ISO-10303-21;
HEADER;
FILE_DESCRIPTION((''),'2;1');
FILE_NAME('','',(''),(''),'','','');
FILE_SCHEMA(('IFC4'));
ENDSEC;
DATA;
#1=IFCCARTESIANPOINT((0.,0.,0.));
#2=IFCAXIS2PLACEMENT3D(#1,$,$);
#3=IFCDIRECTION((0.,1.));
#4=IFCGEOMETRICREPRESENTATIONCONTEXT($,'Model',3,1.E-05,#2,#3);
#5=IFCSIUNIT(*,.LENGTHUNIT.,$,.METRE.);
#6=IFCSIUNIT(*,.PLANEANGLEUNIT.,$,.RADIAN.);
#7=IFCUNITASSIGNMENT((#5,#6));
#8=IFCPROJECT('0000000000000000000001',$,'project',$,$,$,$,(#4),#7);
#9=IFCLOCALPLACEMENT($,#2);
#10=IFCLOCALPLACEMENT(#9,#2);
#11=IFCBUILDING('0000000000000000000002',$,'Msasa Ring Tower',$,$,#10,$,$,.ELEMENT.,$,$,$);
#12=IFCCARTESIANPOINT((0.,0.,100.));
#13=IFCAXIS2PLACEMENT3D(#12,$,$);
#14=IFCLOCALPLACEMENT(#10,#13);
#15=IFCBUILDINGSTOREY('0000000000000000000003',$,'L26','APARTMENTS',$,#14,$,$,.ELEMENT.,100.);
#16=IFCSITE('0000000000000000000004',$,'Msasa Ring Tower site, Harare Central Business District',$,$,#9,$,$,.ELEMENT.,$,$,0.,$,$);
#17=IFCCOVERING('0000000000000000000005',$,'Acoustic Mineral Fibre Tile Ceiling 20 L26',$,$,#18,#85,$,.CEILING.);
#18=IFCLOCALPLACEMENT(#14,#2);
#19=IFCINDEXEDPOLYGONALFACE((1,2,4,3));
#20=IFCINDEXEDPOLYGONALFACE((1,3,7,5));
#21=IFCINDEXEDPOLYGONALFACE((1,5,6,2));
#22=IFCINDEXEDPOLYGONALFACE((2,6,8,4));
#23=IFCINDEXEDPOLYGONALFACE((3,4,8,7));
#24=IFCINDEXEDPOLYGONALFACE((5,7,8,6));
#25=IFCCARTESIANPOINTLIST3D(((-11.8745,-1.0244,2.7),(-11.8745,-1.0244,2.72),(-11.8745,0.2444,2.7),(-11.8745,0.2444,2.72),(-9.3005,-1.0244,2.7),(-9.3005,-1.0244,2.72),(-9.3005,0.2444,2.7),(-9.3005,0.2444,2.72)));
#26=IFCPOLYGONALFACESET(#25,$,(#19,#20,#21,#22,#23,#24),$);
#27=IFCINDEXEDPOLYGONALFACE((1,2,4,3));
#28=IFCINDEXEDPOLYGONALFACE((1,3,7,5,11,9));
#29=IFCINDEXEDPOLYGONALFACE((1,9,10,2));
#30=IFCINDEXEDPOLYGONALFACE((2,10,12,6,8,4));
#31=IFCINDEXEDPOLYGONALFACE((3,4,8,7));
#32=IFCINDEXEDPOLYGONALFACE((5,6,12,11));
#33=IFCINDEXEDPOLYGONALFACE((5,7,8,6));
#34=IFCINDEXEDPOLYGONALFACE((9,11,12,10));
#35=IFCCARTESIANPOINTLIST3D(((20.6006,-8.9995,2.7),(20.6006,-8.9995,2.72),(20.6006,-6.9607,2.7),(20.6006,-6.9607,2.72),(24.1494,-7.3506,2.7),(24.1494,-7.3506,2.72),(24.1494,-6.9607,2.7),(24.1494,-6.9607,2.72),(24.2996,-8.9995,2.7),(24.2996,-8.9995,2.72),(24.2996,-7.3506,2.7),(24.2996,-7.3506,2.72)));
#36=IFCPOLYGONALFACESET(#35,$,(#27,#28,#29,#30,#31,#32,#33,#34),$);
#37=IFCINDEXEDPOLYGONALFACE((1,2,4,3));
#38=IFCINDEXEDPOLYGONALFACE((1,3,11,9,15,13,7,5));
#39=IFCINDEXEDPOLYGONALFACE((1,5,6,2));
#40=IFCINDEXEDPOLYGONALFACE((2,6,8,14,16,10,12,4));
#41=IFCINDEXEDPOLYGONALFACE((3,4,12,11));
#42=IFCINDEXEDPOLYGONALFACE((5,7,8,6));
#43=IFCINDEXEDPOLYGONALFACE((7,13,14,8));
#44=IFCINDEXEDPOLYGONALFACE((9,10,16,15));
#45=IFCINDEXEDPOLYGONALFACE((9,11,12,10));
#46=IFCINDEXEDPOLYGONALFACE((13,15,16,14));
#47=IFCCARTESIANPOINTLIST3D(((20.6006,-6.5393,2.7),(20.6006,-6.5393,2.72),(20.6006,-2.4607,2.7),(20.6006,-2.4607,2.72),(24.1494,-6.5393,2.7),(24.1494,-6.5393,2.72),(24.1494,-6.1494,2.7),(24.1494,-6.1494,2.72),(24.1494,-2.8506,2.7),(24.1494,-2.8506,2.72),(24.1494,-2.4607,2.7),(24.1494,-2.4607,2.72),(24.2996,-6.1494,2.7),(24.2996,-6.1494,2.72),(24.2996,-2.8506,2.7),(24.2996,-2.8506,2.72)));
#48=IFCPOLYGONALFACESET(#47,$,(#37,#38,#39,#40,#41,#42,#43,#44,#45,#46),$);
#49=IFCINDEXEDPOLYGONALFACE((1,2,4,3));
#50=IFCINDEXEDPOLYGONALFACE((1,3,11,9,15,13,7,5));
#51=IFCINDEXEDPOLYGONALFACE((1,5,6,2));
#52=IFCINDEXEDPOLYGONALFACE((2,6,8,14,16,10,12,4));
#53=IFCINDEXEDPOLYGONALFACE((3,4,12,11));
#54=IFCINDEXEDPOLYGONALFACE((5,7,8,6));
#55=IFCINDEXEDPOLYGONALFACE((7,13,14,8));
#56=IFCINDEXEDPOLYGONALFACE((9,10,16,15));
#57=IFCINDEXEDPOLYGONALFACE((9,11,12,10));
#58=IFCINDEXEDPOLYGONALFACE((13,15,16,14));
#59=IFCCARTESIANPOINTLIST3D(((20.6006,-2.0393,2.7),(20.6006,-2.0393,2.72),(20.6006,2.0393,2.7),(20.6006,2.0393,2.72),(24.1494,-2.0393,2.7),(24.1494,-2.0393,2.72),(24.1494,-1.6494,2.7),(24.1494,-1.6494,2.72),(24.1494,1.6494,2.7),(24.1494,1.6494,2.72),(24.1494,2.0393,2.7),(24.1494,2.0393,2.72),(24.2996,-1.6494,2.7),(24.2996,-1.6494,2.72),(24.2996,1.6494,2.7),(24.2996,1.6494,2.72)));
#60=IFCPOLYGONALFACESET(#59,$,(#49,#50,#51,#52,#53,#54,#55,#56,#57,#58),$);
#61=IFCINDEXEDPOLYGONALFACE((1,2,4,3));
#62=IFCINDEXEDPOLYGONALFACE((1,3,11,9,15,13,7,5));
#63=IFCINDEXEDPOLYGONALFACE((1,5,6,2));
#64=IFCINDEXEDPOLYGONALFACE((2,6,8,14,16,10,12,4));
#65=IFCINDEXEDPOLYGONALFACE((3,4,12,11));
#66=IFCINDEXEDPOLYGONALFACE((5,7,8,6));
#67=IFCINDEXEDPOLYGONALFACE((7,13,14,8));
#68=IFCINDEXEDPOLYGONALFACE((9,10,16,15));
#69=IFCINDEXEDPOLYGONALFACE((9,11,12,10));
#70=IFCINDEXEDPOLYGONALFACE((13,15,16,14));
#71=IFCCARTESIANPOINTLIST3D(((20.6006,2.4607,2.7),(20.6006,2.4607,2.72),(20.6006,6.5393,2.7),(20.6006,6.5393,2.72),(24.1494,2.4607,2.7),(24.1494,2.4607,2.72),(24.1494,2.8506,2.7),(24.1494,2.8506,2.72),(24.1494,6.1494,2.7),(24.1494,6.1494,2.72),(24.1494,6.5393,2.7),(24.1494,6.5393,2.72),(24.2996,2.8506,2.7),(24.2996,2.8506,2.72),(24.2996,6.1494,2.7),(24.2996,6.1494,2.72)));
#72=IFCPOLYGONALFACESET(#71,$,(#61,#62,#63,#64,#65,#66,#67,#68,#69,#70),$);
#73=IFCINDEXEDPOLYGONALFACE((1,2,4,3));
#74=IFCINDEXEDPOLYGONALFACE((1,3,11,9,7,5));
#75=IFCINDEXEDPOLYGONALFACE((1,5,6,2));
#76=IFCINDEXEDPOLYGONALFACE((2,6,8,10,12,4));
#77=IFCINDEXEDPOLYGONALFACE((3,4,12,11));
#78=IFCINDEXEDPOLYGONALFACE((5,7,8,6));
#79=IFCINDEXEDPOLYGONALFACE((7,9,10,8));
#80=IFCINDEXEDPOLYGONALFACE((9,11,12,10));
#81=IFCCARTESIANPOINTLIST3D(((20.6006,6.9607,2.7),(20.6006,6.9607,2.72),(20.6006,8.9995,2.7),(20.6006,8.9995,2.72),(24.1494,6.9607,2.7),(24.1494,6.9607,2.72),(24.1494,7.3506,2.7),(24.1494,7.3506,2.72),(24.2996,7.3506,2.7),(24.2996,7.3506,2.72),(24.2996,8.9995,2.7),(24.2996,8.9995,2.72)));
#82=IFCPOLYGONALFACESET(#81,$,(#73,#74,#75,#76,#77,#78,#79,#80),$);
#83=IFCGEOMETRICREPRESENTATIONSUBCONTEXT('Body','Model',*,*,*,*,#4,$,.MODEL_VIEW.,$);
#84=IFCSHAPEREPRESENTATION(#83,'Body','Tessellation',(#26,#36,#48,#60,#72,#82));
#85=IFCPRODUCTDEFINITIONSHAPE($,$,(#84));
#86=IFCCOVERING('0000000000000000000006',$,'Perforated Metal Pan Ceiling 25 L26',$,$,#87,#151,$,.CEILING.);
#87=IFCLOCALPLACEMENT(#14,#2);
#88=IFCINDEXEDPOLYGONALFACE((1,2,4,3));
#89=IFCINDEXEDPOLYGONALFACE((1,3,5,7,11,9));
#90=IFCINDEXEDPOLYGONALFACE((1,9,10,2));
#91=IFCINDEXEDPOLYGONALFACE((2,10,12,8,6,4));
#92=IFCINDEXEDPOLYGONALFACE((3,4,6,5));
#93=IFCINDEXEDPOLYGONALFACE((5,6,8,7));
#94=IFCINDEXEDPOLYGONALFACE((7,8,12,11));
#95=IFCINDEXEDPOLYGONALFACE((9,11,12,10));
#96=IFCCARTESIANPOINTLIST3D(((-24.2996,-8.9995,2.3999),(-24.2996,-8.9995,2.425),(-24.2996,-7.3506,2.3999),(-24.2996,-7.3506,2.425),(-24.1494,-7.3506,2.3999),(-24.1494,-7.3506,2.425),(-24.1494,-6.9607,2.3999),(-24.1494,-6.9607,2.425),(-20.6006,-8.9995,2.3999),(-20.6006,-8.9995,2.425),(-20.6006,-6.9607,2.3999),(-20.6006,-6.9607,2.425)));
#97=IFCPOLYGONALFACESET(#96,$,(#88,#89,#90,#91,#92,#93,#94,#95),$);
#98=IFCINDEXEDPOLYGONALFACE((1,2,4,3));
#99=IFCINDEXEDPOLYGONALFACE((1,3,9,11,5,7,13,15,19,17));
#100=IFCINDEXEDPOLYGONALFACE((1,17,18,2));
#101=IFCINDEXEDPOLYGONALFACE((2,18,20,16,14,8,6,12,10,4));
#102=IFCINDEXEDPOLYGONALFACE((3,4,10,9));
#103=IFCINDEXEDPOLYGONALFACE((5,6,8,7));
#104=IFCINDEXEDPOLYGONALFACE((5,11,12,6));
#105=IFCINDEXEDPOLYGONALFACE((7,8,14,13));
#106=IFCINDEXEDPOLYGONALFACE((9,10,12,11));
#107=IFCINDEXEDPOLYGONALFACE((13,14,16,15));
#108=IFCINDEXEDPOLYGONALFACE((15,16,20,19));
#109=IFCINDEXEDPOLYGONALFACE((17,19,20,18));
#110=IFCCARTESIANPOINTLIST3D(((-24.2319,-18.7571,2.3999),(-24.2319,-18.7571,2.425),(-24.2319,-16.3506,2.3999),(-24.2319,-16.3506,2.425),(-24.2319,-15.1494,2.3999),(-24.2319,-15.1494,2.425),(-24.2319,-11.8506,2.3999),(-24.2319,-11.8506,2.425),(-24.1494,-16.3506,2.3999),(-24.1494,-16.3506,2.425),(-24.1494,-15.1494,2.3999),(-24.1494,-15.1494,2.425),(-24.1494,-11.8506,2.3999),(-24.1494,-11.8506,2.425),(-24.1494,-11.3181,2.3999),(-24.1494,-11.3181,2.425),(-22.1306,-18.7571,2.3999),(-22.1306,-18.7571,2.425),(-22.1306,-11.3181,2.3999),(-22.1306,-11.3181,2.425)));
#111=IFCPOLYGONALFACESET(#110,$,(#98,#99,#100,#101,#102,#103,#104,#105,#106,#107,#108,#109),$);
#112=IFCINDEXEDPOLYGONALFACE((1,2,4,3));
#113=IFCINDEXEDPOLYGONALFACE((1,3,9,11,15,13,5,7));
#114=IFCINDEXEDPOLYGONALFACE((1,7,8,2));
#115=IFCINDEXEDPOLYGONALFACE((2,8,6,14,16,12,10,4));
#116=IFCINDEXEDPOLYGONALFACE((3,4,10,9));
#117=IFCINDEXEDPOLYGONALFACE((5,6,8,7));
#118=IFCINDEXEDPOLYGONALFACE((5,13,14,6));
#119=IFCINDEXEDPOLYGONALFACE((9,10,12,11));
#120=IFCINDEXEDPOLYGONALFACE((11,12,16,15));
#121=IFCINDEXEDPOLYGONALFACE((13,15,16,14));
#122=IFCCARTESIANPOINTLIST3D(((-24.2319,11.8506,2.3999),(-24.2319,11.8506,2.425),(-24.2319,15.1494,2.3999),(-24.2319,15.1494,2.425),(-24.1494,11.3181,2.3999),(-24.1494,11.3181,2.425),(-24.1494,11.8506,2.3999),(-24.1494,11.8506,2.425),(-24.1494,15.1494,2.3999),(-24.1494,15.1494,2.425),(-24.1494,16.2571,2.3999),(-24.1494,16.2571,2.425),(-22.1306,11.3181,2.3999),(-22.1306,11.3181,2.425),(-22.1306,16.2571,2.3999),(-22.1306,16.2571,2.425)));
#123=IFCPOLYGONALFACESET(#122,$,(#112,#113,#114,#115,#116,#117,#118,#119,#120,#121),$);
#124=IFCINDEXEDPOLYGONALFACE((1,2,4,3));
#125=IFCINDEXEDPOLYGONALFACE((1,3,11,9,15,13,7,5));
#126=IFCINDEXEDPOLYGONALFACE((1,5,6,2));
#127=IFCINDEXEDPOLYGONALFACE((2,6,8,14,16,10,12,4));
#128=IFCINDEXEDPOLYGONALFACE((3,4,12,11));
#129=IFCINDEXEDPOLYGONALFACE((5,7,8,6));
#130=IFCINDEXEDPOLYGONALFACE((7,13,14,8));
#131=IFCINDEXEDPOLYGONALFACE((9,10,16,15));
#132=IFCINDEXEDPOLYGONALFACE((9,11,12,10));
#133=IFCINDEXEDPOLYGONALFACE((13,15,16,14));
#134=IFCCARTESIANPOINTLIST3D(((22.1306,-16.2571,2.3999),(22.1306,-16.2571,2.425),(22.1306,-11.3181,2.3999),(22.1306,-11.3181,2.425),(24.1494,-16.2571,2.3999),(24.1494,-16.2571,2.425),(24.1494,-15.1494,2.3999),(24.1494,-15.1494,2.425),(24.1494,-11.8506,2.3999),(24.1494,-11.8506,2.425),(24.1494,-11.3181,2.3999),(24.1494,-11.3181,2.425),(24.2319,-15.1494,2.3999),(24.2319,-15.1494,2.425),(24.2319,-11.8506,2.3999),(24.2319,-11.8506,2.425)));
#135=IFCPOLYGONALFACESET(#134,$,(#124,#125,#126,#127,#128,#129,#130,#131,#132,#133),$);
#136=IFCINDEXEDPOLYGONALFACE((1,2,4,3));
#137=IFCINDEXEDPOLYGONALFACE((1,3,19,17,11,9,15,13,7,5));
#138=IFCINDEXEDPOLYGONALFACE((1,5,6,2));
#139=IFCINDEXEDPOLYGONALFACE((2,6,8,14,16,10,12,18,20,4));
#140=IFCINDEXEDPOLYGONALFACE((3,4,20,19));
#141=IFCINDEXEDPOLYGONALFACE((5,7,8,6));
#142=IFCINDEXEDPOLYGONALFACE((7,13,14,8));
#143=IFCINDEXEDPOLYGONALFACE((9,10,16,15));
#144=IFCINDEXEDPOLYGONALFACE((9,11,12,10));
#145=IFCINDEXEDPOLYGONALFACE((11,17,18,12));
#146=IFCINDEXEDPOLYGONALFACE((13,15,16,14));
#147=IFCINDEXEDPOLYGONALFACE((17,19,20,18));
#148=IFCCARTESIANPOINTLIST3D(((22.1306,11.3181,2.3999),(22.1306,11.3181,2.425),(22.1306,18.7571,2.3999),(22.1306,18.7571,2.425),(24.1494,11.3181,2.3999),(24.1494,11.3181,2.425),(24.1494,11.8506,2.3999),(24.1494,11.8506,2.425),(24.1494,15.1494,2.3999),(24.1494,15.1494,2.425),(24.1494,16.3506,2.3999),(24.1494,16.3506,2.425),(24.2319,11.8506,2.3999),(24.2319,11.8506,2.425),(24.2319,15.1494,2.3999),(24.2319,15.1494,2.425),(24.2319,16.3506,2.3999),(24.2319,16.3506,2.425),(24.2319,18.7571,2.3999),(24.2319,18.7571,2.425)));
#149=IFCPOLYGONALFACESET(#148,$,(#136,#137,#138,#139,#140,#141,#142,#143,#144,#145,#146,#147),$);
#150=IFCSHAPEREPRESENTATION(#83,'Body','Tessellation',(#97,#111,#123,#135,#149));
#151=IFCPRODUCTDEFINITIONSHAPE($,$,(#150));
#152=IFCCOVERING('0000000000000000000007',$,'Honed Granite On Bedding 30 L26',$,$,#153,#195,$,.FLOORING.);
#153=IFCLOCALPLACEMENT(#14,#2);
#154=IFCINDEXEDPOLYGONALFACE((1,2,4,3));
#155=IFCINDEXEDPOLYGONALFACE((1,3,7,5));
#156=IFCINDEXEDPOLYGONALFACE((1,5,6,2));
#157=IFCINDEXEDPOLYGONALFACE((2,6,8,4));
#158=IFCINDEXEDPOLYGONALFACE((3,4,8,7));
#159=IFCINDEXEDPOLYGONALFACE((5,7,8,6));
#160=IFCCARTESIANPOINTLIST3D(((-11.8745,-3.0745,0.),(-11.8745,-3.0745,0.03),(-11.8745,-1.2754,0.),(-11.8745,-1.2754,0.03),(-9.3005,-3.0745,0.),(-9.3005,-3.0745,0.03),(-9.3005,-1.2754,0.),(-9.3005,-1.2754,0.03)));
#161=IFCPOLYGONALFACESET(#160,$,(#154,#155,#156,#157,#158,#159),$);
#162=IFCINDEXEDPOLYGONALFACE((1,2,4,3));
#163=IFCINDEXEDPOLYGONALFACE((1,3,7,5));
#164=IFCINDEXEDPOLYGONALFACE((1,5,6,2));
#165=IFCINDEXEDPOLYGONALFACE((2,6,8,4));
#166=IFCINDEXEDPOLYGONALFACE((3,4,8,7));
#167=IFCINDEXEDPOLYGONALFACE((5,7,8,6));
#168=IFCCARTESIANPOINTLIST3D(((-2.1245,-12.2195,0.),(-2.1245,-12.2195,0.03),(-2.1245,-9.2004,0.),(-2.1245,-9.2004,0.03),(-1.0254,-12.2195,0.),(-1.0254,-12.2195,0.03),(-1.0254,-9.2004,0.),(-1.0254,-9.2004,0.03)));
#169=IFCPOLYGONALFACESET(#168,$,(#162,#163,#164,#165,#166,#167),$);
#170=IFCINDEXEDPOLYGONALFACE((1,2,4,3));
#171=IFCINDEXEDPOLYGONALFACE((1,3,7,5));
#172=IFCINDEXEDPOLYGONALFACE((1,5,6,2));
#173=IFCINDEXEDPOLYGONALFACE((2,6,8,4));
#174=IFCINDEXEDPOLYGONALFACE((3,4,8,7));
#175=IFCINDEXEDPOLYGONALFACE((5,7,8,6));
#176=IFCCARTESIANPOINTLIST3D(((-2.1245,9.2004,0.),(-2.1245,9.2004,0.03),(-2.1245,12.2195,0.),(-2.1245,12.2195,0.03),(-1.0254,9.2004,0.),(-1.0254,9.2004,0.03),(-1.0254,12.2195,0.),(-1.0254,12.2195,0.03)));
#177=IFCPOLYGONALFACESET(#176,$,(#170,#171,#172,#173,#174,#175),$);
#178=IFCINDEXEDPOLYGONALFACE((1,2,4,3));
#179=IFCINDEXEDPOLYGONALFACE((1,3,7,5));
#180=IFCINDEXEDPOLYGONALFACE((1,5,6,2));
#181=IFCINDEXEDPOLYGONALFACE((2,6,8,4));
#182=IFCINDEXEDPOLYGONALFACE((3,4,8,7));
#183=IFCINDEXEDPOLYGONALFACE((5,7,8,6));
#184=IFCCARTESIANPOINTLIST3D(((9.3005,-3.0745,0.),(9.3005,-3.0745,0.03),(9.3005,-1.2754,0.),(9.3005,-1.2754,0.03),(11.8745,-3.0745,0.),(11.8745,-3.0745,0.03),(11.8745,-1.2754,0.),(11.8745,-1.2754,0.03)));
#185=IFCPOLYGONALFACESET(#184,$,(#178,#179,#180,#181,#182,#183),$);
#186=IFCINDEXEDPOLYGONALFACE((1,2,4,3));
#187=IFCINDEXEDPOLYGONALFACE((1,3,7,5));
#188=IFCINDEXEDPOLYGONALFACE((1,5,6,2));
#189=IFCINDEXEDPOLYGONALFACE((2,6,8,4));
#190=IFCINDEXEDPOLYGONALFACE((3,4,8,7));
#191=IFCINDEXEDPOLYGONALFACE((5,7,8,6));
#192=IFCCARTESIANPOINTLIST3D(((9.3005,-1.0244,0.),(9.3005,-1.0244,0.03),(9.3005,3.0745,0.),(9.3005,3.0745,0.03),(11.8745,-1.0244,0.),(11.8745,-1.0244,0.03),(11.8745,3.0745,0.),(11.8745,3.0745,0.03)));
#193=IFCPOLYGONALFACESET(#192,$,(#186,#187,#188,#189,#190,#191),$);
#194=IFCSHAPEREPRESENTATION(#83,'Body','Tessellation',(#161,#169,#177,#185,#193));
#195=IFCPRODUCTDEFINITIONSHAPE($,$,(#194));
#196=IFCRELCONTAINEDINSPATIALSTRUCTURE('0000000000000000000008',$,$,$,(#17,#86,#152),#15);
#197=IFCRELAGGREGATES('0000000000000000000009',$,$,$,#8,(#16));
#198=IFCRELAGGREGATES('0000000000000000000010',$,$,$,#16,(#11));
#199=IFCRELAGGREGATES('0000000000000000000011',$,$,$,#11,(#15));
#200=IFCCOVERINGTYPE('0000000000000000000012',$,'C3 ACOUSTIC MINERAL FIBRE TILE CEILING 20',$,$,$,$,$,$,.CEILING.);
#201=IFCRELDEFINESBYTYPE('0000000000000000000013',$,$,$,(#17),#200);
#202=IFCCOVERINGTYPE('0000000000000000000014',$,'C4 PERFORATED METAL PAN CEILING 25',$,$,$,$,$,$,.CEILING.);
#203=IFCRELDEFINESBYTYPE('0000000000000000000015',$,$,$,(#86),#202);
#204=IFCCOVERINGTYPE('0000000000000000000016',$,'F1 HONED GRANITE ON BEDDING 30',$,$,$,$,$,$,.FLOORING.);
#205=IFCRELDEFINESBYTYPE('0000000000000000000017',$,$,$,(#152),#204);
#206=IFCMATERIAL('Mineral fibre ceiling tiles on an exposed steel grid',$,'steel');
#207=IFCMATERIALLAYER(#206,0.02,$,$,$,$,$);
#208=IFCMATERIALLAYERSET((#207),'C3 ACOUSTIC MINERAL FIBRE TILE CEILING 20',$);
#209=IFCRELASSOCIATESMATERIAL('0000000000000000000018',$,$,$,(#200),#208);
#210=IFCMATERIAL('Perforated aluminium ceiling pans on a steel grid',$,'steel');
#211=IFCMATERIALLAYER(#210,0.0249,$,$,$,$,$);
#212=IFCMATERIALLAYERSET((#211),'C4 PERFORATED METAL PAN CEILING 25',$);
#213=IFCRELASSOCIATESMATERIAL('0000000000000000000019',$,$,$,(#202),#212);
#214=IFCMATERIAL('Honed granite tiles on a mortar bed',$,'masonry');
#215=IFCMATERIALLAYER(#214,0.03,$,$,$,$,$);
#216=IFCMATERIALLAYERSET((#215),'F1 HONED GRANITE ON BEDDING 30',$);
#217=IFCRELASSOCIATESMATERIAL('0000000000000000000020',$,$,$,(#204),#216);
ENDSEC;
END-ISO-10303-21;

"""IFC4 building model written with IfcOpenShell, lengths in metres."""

from ifc_helpers import new_model, si_unit, direction, frame, origin, place, context, subcontext, project, spatial, line, indexed_curve, outline, extrude, material, layer, layer_set, type_object, element, save


model = new_model("IFC4")

# Units and contexts
model_context = context("Model", 3, precision=1e-05, world=origin(), true_north=direction((0.0, 1.0)))
body_context = subcontext(model_context, "Body", "Model", "MODEL_VIEW")
ifc_project = project(units=[si_unit("LENGTHUNIT", "METRE"), si_unit("PLANEANGLEUNIT", "RADIAN")], contexts=[model_context])

# Site, building, storey
site_placement = place(None, origin())
site = spatial("IfcSite", under=ifc_project, at=site_placement, Name="Msasa Ring Tower site, Harare Central Business District", CompositionType="ELEMENT", RefElevation=0.0)
building_placement = place(site_placement, origin())
building = spatial("IfcBuilding", under=site, at=building_placement, Name="Msasa Ring Tower", CompositionType="ELEMENT")
storey_placement = place(building_placement, frame((0.0, 0.0, 100.0)))
storey = spatial("IfcBuildingStorey", under=building, at=storey_placement, Name="L26", Description="APARTMENTS", CompositionType="ELEMENT", Elevation=100.0)

# Coverings
ifc_material_1 = material(Name="Mineral fibre ceiling tiles on an exposed steel grid", Category="steel")
ifc_layer_1 = layer(ifc_material_1, 0.02)
ifc_layer_set_1 = layer_set([ifc_layer_1], Name="C3 ACOUSTIC MINERAL FIBRE TILE CEILING 20")
covering_type_1 = type_object("IfcCoveringType", Name="C3 ACOUSTIC MINERAL FIBRE TILE CEILING 20", PredefinedType="CEILING", material=ifc_layer_set_1)
covering_1_placement = place(storey_placement, frame((0.0, 0.0, 2.7)))
element("IfcCovering", 1, at=covering_1_placement, inside=storey, type_object=covering_type_1, Name="Acoustic Mineral Fibre Tile Ceiling 20 L26", PredefinedType="CEILING", context=body_context, shape_type="SweptSolid", body=[
    extrude(outline(indexed_curve([(-9.3005, 0.2444), (-9.3005, -1.0244), (-11.8745, -1.0244), (-11.8745, 0.2444)], segments=[line(1, 2, 3, 4, 1)], self_intersect=False)), origin(), (0.0, 0.0, 1.0), 0.02),
    extrude(outline(indexed_curve([(20.6006, -6.9607), (24.1494, -6.9607), (24.1494, -7.3506), (24.2996, -7.3506), (24.2996, -8.9995), (20.6006, -8.9995)], segments=[line(1, 2, 3, 4, 5, 6, 1)], self_intersect=False)), origin(), (0.0, 0.0, 1.0), 0.02),
    extrude(outline(indexed_curve([(20.6006, -2.4607), (24.1494, -2.4607), (24.1494, -2.8506), (24.2996, -2.8506), (24.2996, -6.1494), (24.1494, -6.1494), (24.1494, -6.5393), (20.6006, -6.5393)], segments=[line(1, 2, 3, 4, 5, 6, 7, 8, 1)], self_intersect=False)), origin(), (0.0, 0.0, 1.0), 0.02),
    extrude(outline(indexed_curve([(20.6006, 2.0393), (24.1494, 2.0393), (24.1494, 1.6494), (24.2996, 1.6494), (24.2996, -1.6494), (24.1494, -1.6494), (24.1494, -2.0393), (20.6006, -2.0393)], segments=[line(1, 2, 3, 4, 5, 6, 7, 8, 1)], self_intersect=False)), origin(), (0.0, 0.0, 1.0), 0.02),
    extrude(outline(indexed_curve([(20.6006, 6.5393), (24.1494, 6.5393), (24.1494, 6.1494), (24.2996, 6.1494), (24.2996, 2.8506), (24.1494, 2.8506), (24.1494, 2.4607), (20.6006, 2.4607)], segments=[line(1, 2, 3, 4, 5, 6, 7, 8, 1)], self_intersect=False)), origin(), (0.0, 0.0, 1.0), 0.02),
    extrude(outline(indexed_curve([(20.6006, 8.9995), (24.2996, 8.9995), (24.2996, 7.3506), (24.1494, 7.3506), (24.1494, 6.9607), (20.6006, 6.9607)], segments=[line(1, 2, 3, 4, 5, 6, 1)], self_intersect=False)), origin(), (0.0, 0.0, 1.0), 0.02),
])
ifc_material_2 = material(Name="Perforated aluminium ceiling pans on a steel grid", Category="steel")
ifc_layer_2 = layer(ifc_material_2, 0.0249)
ifc_layer_set_2 = layer_set([ifc_layer_2], Name="C4 PERFORATED METAL PAN CEILING 25")
covering_type_2 = type_object("IfcCoveringType", Name="C4 PERFORATED METAL PAN CEILING 25", PredefinedType="CEILING", material=ifc_layer_set_2)
covering_2_placement = place(storey_placement, frame((0.0, 0.0, 2.3999)))
element("IfcCovering", 2, at=covering_2_placement, inside=storey, type_object=covering_type_2, Name="Perforated Metal Pan Ceiling 25 L26", PredefinedType="CEILING", context=body_context, shape_type="SweptSolid", body=[
    extrude(outline(indexed_curve([(-24.2996, -7.3506), (-24.1494, -7.3506), (-24.1494, -6.9607), (-20.6006, -6.9607), (-20.6006, -8.9995), (-24.2996, -8.9995)], segments=[line(1, 2, 3, 4, 5, 6, 1)], self_intersect=False)), origin(), (0.0, 0.0, 1.0), 0.0251),
    extrude(outline(indexed_curve([(-22.1306, -18.7571), (-24.2319, -18.7571), (-24.2319, -16.3506), (-24.1494, -16.3506), (-24.1494, -15.1494), (-24.2319, -15.1494), (-24.2319, -11.8506), (-24.1494, -11.8506), (-24.1494, -11.3181), (-22.1306, -11.3181)], segments=[line(1, 2, 3, 4, 5, 6, 7, 8, 9, 10, 1)], self_intersect=False)), origin(), (0.0, 0.0, 1.0), 0.0251),
    extrude(outline(indexed_curve([(-24.1494, 11.3181), (-24.1494, 11.8506), (-24.2319, 11.8506), (-24.2319, 15.1494), (-24.1494, 15.1494), (-24.1494, 16.2571), (-22.1306, 16.2571), (-22.1306, 11.3181)], segments=[line(1, 2, 3, 4, 5, 6, 7, 8, 1)], self_intersect=False)), origin(), (0.0, 0.0, 1.0), 0.0251),
    extrude(outline(indexed_curve([(24.2319, -15.1494), (24.1494, -15.1494), (24.1494, -16.2571), (22.1306, -16.2571), (22.1306, -11.3181), (24.1494, -11.3181), (24.1494, -11.8506), (24.2319, -11.8506)], segments=[line(1, 2, 3, 4, 5, 6, 7, 8, 1)], self_intersect=False)), origin(), (0.0, 0.0, 1.0), 0.0251),
    extrude(outline(indexed_curve([(22.1306, 11.3181), (22.1306, 18.7571), (24.2319, 18.7571), (24.2319, 16.3506), (24.1494, 16.3506), (24.1494, 15.1494), (24.2319, 15.1494), (24.2319, 11.8506), (24.1494, 11.8506), (24.1494, 11.3181)], segments=[line(1, 2, 3, 4, 5, 6, 7, 8, 9, 10, 1)], self_intersect=False)), origin(), (0.0, 0.0, 1.0), 0.0251),
])
ifc_material_3 = material(Name="Honed granite tiles on a mortar bed", Category="masonry")
ifc_layer_3 = layer(ifc_material_3, 0.03)
ifc_layer_set_3 = layer_set([ifc_layer_3], Name="F1 HONED GRANITE ON BEDDING 30")
covering_type_3 = type_object("IfcCoveringType", Name="F1 HONED GRANITE ON BEDDING 30", PredefinedType="FLOORING", material=ifc_layer_set_3)
covering_3_placement = place(storey_placement, origin())
element("IfcCovering", 3, at=covering_3_placement, inside=storey, type_object=covering_type_3, Name="Honed Granite On Bedding 30 L26", PredefinedType="FLOORING", context=body_context, shape_type="SweptSolid", body=[
    extrude(outline(indexed_curve([(-11.8745, -3.0745), (-11.8745, -1.2754), (-9.3005, -1.2754), (-9.3005, -3.0745)], segments=[line(1, 2, 3, 4, 1)], self_intersect=False)), origin(), (0.0, 0.0, 1.0), 0.03),
    extrude(outline(indexed_curve([(-2.1245, -12.2195), (-2.1245, -9.2004), (-1.0254, -9.2004), (-1.0254, -12.2195)], segments=[line(1, 2, 3, 4, 1)], self_intersect=False)), origin(), (0.0, 0.0, 1.0), 0.03),
    extrude(outline(indexed_curve([(-1.0254, 12.2195), (-1.0254, 9.2004), (-2.1245, 9.2004), (-2.1245, 12.2195)], segments=[line(1, 2, 3, 4, 1)], self_intersect=False)), origin(), (0.0, 0.0, 1.0), 0.03),
    extrude(outline(indexed_curve([(9.3005, -3.0745), (9.3005, -1.2754), (11.8745, -1.2754), (11.8745, -3.0745)], segments=[line(1, 2, 3, 4, 1)], self_intersect=False)), origin(), (0.0, 0.0, 1.0), 0.03),
    extrude(outline(indexed_curve([(9.3005, 3.0745), (11.8745, 3.0745), (11.8745, -1.0244), (9.3005, -1.0244)], segments=[line(1, 2, 3, 4, 1)], self_intersect=False)), origin(), (0.0, 0.0, 1.0), 0.03),
])

save(model, "model.ifc")
